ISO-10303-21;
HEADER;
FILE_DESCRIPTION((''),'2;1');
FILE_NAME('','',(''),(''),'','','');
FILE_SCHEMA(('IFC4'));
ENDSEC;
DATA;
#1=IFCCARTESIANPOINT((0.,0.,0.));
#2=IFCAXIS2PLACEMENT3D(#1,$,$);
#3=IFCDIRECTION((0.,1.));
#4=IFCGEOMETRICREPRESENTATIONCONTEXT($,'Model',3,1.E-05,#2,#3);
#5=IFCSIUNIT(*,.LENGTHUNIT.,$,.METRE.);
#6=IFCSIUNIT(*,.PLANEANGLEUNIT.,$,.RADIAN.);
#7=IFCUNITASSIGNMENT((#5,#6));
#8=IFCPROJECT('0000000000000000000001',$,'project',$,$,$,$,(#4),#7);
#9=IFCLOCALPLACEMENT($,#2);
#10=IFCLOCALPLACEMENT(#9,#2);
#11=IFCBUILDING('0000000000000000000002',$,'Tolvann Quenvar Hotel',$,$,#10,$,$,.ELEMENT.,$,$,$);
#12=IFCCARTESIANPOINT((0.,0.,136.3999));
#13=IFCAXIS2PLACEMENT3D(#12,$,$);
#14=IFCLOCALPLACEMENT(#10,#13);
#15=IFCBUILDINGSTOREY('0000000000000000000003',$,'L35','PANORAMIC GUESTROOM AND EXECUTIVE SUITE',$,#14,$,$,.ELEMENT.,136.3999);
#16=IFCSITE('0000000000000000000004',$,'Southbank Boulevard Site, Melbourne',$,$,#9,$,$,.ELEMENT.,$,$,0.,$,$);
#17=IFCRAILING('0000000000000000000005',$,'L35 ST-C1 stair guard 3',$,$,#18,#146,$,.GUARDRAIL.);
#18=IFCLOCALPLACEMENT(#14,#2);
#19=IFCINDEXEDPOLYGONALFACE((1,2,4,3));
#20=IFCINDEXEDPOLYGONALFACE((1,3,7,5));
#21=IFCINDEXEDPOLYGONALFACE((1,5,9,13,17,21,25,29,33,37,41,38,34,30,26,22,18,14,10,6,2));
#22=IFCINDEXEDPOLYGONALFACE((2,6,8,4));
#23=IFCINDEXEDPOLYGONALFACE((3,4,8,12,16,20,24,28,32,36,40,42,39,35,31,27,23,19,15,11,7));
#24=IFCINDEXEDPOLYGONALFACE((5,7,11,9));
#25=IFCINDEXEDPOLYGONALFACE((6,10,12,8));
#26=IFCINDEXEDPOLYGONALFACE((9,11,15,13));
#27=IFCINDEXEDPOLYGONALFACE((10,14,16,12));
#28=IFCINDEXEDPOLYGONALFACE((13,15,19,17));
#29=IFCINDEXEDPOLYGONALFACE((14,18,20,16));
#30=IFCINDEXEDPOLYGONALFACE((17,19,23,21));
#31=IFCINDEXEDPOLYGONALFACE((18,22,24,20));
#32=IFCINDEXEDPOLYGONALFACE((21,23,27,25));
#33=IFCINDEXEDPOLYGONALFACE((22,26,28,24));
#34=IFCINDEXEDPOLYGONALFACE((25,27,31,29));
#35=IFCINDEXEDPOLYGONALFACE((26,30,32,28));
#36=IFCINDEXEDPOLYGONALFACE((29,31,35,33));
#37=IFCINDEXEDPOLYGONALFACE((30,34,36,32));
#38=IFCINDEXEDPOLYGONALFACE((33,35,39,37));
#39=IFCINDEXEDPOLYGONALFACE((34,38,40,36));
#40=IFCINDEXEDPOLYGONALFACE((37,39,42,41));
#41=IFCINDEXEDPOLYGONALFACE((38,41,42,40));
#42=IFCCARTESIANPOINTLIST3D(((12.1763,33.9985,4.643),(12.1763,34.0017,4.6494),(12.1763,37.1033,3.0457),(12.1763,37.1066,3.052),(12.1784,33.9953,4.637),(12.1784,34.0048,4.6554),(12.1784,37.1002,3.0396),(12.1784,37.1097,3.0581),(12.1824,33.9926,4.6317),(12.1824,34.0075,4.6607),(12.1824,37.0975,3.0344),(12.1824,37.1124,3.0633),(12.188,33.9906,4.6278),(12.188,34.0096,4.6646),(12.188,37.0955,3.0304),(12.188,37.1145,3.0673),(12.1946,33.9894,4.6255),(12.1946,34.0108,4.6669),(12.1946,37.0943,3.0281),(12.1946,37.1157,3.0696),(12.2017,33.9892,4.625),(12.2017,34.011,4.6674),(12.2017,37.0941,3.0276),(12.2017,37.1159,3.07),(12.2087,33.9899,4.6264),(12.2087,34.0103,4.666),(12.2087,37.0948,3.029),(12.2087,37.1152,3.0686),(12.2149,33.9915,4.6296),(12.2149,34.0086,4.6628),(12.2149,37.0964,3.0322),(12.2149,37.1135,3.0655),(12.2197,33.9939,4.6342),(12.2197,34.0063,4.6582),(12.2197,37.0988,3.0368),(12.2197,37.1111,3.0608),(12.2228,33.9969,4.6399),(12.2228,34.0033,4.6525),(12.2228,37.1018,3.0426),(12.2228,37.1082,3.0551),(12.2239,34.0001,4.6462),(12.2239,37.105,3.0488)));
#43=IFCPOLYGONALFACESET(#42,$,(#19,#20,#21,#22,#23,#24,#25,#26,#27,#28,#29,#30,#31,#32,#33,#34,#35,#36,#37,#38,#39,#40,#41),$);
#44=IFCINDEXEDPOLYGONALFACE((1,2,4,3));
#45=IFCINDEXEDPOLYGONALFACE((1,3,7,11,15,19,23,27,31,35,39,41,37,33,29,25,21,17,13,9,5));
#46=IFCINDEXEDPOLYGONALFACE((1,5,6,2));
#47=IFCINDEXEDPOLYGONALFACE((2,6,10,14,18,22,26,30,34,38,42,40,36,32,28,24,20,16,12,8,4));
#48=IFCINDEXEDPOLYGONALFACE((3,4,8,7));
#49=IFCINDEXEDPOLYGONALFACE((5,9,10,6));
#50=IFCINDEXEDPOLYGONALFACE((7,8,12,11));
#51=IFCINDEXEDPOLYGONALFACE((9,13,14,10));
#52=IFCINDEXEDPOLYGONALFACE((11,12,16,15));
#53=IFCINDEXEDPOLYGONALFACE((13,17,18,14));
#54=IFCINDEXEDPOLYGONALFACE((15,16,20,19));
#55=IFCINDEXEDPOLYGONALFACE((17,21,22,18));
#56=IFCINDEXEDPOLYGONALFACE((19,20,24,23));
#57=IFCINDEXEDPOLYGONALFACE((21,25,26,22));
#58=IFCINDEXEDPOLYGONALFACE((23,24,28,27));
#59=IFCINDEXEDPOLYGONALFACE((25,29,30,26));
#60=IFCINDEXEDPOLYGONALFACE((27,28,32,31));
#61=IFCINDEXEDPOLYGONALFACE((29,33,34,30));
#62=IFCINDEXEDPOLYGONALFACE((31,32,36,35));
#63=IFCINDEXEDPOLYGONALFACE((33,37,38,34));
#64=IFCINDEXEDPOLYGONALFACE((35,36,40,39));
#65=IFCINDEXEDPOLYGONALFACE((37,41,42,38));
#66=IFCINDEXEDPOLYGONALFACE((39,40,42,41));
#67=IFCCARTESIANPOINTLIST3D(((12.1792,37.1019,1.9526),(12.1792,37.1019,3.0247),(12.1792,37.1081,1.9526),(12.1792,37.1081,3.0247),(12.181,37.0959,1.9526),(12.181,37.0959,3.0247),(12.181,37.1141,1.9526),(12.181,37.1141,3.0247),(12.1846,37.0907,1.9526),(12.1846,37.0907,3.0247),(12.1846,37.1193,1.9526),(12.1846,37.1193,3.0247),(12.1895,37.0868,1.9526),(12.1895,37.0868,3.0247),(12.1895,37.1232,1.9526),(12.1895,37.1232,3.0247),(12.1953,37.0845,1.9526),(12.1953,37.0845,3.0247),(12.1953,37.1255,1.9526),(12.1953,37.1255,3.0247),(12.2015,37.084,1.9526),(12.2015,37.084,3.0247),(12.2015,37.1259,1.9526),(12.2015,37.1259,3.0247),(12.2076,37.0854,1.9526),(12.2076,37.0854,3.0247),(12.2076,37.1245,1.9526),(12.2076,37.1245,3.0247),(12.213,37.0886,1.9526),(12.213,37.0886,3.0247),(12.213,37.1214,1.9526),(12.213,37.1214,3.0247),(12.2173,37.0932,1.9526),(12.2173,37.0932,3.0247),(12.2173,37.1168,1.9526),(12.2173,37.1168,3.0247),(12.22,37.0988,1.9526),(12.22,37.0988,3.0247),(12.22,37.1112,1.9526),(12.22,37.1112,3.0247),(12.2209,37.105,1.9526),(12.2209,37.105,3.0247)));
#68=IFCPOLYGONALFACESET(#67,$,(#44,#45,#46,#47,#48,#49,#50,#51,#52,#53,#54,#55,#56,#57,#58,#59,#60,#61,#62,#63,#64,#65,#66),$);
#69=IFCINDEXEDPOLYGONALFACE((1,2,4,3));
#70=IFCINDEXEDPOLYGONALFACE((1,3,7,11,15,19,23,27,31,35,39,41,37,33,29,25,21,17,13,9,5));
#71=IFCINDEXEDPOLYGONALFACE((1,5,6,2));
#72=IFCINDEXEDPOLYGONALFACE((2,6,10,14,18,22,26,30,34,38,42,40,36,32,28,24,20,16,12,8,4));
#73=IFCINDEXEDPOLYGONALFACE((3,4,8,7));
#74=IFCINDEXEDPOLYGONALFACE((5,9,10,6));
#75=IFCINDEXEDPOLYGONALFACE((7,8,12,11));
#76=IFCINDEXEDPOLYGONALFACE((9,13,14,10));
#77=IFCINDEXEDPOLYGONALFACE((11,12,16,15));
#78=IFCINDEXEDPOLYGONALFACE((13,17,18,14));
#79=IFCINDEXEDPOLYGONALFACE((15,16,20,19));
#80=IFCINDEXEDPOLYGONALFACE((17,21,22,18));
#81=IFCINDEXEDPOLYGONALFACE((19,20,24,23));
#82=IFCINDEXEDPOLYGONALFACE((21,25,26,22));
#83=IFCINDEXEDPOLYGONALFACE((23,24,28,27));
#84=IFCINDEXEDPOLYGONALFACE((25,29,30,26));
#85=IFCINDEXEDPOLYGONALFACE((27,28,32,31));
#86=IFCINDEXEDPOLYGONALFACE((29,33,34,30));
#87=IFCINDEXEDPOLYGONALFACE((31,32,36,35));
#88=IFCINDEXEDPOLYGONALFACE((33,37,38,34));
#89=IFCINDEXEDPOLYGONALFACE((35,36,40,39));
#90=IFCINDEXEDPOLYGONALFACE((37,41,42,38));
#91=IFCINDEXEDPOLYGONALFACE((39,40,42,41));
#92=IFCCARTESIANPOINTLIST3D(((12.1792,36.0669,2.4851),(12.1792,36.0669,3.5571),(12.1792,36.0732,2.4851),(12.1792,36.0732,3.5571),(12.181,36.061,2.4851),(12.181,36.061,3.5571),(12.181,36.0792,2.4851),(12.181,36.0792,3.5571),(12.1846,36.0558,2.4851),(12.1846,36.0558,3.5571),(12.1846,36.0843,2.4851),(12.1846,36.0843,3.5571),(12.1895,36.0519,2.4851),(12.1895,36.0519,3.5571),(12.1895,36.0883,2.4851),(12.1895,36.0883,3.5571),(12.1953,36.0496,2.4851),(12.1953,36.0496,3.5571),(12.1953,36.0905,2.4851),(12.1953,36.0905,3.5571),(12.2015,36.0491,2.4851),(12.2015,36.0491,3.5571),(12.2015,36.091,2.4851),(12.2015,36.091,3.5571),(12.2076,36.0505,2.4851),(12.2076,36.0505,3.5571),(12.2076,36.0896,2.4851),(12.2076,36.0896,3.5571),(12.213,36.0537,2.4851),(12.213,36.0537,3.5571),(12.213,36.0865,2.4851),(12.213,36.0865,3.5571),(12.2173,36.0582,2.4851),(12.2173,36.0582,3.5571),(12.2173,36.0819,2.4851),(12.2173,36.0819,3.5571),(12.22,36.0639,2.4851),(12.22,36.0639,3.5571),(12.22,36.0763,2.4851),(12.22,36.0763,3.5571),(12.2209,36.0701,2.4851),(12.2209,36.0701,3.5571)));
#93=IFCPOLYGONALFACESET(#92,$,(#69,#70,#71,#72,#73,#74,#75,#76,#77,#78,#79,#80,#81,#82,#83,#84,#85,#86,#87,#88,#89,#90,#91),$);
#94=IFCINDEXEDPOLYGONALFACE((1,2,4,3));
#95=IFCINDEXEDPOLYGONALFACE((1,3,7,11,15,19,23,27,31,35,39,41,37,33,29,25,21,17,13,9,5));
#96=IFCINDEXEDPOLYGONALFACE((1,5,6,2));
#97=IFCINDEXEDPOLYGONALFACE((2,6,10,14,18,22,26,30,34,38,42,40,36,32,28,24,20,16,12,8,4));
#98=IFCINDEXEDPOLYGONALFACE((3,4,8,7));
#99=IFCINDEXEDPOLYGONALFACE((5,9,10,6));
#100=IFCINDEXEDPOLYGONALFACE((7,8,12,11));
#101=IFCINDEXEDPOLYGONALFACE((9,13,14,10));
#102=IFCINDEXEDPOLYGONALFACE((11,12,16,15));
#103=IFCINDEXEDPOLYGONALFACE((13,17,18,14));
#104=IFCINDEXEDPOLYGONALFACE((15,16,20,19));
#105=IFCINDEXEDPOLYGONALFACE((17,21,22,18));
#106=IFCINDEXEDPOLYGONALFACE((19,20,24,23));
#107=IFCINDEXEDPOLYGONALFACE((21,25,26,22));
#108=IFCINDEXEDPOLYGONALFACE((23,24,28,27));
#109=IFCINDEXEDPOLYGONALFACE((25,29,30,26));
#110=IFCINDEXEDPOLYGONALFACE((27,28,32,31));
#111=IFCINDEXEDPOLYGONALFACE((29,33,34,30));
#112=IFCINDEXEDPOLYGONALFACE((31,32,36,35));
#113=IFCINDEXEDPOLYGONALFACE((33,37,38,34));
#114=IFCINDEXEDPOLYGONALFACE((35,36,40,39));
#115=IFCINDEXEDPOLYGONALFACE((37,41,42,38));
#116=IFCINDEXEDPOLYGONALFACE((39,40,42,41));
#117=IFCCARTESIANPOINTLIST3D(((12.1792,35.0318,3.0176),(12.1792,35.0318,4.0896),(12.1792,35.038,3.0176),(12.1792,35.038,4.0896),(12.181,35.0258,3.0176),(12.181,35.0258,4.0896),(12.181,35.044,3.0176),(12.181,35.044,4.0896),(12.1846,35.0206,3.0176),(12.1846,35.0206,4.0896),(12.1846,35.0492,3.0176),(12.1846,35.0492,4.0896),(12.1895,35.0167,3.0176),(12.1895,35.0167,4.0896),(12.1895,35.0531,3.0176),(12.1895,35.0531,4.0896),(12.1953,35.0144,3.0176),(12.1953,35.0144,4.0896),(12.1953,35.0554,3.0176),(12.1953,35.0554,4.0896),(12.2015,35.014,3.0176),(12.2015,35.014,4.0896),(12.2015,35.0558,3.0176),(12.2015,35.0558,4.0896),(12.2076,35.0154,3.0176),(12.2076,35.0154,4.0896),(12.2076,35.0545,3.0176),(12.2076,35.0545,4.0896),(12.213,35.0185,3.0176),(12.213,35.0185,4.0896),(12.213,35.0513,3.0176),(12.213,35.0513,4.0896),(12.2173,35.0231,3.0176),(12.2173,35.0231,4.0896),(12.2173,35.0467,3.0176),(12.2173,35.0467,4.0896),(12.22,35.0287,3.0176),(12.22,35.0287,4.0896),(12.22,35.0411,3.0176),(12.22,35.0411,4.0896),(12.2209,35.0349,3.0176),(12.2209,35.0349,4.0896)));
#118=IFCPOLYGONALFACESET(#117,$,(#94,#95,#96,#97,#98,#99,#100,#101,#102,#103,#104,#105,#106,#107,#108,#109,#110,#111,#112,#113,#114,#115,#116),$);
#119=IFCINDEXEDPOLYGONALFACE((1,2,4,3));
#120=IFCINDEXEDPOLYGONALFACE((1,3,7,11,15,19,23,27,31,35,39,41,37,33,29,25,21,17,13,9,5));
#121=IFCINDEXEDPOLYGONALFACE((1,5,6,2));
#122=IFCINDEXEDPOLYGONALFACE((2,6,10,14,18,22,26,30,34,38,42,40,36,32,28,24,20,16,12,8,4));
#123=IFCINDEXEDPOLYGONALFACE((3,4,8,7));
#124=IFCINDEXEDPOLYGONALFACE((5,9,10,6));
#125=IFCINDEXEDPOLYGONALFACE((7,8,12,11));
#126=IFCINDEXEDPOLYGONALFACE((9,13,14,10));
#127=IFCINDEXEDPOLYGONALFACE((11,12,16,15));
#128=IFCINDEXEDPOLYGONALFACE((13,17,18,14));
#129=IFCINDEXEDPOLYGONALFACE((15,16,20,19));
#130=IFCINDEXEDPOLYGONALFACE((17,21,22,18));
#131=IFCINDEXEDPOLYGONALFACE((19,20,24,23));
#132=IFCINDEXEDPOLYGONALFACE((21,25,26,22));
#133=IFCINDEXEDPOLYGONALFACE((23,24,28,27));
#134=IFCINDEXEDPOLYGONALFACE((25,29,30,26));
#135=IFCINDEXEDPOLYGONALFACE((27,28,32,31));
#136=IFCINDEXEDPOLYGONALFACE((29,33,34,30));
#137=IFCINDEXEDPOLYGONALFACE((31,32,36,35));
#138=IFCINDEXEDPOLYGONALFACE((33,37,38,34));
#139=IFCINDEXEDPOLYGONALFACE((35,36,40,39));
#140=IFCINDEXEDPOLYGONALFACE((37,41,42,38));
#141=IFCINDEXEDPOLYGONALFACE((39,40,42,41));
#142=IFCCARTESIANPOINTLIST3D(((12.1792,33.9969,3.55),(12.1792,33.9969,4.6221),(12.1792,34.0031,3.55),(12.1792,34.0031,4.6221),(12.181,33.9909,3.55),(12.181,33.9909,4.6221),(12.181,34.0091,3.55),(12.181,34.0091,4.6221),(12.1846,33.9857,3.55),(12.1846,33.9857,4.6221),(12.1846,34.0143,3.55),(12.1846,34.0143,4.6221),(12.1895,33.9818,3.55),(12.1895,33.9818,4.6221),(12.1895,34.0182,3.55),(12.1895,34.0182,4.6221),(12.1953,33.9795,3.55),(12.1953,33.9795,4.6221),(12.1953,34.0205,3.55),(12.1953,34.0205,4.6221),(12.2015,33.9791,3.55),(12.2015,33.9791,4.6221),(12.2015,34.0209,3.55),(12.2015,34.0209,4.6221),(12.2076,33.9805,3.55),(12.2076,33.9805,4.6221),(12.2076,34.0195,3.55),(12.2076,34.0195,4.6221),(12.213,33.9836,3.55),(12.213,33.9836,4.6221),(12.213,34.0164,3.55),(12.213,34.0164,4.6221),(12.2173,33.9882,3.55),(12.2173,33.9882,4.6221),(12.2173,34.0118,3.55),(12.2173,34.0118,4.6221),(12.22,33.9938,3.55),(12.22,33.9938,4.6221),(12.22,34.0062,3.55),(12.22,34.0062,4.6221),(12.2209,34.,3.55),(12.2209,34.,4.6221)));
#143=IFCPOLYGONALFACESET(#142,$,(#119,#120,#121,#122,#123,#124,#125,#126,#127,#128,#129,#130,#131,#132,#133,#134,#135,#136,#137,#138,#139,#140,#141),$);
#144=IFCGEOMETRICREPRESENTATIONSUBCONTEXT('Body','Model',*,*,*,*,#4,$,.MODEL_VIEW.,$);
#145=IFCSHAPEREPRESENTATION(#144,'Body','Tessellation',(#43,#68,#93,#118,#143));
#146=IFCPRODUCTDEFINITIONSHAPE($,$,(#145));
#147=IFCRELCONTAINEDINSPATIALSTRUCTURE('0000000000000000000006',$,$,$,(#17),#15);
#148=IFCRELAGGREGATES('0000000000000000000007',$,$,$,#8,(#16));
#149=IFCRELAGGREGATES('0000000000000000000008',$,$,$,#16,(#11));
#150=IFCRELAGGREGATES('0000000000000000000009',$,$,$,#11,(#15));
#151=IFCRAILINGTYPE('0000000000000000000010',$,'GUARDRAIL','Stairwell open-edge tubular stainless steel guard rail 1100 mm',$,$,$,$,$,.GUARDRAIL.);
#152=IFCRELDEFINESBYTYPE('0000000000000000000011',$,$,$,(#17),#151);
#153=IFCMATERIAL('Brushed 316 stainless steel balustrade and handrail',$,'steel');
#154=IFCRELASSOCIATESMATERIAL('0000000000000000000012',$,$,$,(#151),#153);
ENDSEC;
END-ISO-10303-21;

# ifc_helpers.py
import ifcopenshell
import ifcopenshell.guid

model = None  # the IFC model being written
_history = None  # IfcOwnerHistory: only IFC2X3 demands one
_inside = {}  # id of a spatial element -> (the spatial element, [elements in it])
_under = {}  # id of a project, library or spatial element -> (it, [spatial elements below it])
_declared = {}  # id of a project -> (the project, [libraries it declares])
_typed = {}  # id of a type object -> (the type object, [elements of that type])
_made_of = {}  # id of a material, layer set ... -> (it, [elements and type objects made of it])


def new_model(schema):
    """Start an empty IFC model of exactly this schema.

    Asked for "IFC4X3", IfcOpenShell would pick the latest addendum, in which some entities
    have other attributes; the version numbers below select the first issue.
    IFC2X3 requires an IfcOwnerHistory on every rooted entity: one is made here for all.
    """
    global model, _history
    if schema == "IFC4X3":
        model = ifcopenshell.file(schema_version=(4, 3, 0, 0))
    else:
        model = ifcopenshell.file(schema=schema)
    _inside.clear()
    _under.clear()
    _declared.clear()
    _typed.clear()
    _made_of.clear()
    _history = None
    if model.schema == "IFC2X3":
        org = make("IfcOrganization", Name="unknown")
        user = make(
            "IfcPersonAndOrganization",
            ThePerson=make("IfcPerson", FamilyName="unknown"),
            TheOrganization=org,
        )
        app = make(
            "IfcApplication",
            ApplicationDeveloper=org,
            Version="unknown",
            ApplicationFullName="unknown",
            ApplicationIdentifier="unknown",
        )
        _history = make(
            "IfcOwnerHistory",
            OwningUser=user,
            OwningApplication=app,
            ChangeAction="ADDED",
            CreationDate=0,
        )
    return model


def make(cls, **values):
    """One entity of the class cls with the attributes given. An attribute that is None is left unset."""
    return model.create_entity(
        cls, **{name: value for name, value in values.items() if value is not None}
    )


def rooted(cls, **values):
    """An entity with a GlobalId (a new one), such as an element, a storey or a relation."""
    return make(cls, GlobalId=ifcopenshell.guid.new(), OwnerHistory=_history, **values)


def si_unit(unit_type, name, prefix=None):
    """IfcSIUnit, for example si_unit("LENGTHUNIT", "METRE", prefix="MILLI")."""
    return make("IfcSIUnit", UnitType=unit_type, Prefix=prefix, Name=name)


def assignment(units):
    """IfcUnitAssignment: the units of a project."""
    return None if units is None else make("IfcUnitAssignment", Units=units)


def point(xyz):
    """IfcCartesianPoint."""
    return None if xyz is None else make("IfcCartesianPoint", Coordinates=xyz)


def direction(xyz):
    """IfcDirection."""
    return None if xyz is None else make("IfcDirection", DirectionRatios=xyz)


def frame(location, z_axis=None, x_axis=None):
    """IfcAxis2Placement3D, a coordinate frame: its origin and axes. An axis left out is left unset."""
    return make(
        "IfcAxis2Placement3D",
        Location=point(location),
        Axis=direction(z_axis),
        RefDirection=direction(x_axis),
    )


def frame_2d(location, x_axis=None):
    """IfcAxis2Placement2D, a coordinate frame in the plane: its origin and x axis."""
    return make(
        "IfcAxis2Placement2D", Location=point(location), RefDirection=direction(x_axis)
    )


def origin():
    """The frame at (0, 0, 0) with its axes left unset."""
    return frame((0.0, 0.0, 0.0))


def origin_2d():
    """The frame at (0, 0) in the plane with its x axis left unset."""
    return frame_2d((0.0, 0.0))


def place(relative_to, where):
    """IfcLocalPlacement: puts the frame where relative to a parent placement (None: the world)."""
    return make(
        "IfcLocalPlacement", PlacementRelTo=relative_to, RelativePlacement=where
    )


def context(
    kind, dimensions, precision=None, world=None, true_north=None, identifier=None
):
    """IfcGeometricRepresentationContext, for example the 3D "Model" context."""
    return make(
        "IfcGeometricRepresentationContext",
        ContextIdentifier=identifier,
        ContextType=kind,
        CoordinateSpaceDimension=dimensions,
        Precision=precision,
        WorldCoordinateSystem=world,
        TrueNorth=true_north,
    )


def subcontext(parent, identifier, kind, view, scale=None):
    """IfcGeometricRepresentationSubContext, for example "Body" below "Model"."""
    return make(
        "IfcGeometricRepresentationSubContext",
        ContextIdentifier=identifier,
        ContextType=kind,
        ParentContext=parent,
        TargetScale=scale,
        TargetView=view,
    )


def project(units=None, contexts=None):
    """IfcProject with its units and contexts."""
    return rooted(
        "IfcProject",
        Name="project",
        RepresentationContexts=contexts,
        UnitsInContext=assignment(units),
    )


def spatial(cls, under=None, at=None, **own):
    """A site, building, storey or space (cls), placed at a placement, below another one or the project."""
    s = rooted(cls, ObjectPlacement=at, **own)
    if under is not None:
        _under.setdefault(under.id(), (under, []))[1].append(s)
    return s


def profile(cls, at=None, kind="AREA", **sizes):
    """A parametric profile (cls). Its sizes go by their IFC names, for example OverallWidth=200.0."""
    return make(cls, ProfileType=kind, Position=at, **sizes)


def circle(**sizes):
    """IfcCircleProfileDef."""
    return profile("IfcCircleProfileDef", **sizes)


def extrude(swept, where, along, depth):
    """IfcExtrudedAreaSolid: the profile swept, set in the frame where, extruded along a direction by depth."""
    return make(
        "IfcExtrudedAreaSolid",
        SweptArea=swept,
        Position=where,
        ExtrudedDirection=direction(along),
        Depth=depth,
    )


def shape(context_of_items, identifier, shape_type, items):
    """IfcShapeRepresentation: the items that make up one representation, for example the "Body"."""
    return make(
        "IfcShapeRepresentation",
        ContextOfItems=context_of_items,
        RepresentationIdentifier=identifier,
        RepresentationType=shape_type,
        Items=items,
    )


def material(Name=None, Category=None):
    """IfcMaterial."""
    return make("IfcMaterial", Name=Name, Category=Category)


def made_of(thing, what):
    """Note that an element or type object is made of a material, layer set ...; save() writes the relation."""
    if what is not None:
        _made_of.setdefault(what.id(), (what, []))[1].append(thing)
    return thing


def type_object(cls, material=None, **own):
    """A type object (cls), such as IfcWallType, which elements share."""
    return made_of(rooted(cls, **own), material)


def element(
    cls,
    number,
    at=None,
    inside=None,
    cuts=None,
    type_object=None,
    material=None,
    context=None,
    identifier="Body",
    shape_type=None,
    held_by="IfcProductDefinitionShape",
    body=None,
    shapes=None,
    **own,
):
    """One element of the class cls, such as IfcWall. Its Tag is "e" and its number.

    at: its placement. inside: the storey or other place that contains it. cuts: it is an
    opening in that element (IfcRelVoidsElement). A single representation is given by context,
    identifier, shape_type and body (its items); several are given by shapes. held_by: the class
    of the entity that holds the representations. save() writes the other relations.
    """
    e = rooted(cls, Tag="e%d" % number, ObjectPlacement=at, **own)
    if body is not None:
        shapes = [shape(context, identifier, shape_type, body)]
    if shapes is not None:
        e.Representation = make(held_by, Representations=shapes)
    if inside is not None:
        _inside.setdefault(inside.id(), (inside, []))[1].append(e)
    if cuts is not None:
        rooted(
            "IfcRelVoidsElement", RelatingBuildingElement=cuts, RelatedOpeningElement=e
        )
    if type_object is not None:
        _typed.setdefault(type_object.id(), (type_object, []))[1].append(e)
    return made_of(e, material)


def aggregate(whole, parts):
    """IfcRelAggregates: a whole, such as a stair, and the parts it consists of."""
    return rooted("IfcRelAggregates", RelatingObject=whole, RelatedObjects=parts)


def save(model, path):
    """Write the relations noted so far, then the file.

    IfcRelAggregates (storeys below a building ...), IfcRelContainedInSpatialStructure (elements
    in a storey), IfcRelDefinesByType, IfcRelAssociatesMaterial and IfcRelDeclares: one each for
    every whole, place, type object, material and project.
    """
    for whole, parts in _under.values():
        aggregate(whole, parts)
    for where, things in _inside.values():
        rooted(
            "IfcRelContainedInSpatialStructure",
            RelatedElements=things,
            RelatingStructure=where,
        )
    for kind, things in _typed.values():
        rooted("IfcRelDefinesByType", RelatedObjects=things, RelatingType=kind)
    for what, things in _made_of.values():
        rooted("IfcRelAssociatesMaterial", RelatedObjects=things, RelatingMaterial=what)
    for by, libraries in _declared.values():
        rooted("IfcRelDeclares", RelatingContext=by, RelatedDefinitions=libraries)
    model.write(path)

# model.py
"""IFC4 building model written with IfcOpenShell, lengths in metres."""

from ifc_helpers import new_model, si_unit, direction, frame, origin, origin_2d, place, context, subcontext, project, spatial, circle, extrude, material, type_object, element, save


model = new_model("IFC4")

# Units and contexts
model_context = context("Model", 3, precision=1e-05, world=origin(), true_north=direction((0.0, 1.0)))
body_context = subcontext(model_context, "Body", "Model", "MODEL_VIEW")
ifc_project = project(units=[si_unit("LENGTHUNIT", "METRE"), si_unit("PLANEANGLEUNIT", "RADIAN")], contexts=[model_context])

# Site, building, storey
site_placement = place(None, origin())
site = spatial("IfcSite", under=ifc_project, at=site_placement, Name="Southbank Boulevard Site, Melbourne", CompositionType="ELEMENT", RefElevation=0.0)
building_placement = place(site_placement, origin())
building = spatial("IfcBuilding", under=site, at=building_placement, Name="Tolvann Quenvar Hotel", CompositionType="ELEMENT")
storey_placement = place(building_placement, frame((0.0, 0.0, 136.3999)))
storey = spatial("IfcBuildingStorey", under=building, at=storey_placement, Name="L35", Description="PANORAMIC GUESTROOM AND EXECUTIVE SUITE", CompositionType="ELEMENT", Elevation=136.3999)

# Railing
ifc_material_1 = material(Name="Brushed 316 stainless steel balustrade and handrail", Category="steel")
railing_type_1 = type_object("IfcRailingType", Name="GUARDRAIL", Description="Stairwell open-edge tubular stainless steel guard rail 1100 mm", PredefinedType="GUARDRAIL", material=ifc_material_1)
railing_1_placement = place(storey_placement, frame((12.2, 37.105, 1.9526)))
element("IfcRailing", 1, at=railing_1_placement, inside=storey, type_object=railing_type_1, Name="L35 ST-C1 stair guard 3", PredefinedType="GUARDRAIL", context=body_context, shape_type="SweptSolid", body=[
    extrude(circle(Radius=0.0239, at=origin_2d()), frame((0.0, 0.0, 1.0962), z_axis=(0.0, -0.889222, 0.457476), x_axis=(1.0, 0.0, 0.0)), (0.0, 0.0, 1.0), 3.4917),
    extrude(circle(Radius=0.021, at=origin_2d()), origin(), (0.0, 0.0, 1.0), 1.072),
    extrude(circle(Radius=0.021, at=origin_2d()), frame((0.0, -1.0349, 0.5325)), (0.0, 0.0, 1.0), 1.072),
    extrude(circle(Radius=0.021, at=origin_2d()), frame((0.0, -2.0701, 1.0649)), (0.0, 0.0, 1.0), 1.072),
    extrude(circle(Radius=0.021, at=origin_2d()), frame((0.0, -3.105, 1.5974)), (0.0, 0.0, 1.0), 1.072),
])

save(model, "model.ifc")
